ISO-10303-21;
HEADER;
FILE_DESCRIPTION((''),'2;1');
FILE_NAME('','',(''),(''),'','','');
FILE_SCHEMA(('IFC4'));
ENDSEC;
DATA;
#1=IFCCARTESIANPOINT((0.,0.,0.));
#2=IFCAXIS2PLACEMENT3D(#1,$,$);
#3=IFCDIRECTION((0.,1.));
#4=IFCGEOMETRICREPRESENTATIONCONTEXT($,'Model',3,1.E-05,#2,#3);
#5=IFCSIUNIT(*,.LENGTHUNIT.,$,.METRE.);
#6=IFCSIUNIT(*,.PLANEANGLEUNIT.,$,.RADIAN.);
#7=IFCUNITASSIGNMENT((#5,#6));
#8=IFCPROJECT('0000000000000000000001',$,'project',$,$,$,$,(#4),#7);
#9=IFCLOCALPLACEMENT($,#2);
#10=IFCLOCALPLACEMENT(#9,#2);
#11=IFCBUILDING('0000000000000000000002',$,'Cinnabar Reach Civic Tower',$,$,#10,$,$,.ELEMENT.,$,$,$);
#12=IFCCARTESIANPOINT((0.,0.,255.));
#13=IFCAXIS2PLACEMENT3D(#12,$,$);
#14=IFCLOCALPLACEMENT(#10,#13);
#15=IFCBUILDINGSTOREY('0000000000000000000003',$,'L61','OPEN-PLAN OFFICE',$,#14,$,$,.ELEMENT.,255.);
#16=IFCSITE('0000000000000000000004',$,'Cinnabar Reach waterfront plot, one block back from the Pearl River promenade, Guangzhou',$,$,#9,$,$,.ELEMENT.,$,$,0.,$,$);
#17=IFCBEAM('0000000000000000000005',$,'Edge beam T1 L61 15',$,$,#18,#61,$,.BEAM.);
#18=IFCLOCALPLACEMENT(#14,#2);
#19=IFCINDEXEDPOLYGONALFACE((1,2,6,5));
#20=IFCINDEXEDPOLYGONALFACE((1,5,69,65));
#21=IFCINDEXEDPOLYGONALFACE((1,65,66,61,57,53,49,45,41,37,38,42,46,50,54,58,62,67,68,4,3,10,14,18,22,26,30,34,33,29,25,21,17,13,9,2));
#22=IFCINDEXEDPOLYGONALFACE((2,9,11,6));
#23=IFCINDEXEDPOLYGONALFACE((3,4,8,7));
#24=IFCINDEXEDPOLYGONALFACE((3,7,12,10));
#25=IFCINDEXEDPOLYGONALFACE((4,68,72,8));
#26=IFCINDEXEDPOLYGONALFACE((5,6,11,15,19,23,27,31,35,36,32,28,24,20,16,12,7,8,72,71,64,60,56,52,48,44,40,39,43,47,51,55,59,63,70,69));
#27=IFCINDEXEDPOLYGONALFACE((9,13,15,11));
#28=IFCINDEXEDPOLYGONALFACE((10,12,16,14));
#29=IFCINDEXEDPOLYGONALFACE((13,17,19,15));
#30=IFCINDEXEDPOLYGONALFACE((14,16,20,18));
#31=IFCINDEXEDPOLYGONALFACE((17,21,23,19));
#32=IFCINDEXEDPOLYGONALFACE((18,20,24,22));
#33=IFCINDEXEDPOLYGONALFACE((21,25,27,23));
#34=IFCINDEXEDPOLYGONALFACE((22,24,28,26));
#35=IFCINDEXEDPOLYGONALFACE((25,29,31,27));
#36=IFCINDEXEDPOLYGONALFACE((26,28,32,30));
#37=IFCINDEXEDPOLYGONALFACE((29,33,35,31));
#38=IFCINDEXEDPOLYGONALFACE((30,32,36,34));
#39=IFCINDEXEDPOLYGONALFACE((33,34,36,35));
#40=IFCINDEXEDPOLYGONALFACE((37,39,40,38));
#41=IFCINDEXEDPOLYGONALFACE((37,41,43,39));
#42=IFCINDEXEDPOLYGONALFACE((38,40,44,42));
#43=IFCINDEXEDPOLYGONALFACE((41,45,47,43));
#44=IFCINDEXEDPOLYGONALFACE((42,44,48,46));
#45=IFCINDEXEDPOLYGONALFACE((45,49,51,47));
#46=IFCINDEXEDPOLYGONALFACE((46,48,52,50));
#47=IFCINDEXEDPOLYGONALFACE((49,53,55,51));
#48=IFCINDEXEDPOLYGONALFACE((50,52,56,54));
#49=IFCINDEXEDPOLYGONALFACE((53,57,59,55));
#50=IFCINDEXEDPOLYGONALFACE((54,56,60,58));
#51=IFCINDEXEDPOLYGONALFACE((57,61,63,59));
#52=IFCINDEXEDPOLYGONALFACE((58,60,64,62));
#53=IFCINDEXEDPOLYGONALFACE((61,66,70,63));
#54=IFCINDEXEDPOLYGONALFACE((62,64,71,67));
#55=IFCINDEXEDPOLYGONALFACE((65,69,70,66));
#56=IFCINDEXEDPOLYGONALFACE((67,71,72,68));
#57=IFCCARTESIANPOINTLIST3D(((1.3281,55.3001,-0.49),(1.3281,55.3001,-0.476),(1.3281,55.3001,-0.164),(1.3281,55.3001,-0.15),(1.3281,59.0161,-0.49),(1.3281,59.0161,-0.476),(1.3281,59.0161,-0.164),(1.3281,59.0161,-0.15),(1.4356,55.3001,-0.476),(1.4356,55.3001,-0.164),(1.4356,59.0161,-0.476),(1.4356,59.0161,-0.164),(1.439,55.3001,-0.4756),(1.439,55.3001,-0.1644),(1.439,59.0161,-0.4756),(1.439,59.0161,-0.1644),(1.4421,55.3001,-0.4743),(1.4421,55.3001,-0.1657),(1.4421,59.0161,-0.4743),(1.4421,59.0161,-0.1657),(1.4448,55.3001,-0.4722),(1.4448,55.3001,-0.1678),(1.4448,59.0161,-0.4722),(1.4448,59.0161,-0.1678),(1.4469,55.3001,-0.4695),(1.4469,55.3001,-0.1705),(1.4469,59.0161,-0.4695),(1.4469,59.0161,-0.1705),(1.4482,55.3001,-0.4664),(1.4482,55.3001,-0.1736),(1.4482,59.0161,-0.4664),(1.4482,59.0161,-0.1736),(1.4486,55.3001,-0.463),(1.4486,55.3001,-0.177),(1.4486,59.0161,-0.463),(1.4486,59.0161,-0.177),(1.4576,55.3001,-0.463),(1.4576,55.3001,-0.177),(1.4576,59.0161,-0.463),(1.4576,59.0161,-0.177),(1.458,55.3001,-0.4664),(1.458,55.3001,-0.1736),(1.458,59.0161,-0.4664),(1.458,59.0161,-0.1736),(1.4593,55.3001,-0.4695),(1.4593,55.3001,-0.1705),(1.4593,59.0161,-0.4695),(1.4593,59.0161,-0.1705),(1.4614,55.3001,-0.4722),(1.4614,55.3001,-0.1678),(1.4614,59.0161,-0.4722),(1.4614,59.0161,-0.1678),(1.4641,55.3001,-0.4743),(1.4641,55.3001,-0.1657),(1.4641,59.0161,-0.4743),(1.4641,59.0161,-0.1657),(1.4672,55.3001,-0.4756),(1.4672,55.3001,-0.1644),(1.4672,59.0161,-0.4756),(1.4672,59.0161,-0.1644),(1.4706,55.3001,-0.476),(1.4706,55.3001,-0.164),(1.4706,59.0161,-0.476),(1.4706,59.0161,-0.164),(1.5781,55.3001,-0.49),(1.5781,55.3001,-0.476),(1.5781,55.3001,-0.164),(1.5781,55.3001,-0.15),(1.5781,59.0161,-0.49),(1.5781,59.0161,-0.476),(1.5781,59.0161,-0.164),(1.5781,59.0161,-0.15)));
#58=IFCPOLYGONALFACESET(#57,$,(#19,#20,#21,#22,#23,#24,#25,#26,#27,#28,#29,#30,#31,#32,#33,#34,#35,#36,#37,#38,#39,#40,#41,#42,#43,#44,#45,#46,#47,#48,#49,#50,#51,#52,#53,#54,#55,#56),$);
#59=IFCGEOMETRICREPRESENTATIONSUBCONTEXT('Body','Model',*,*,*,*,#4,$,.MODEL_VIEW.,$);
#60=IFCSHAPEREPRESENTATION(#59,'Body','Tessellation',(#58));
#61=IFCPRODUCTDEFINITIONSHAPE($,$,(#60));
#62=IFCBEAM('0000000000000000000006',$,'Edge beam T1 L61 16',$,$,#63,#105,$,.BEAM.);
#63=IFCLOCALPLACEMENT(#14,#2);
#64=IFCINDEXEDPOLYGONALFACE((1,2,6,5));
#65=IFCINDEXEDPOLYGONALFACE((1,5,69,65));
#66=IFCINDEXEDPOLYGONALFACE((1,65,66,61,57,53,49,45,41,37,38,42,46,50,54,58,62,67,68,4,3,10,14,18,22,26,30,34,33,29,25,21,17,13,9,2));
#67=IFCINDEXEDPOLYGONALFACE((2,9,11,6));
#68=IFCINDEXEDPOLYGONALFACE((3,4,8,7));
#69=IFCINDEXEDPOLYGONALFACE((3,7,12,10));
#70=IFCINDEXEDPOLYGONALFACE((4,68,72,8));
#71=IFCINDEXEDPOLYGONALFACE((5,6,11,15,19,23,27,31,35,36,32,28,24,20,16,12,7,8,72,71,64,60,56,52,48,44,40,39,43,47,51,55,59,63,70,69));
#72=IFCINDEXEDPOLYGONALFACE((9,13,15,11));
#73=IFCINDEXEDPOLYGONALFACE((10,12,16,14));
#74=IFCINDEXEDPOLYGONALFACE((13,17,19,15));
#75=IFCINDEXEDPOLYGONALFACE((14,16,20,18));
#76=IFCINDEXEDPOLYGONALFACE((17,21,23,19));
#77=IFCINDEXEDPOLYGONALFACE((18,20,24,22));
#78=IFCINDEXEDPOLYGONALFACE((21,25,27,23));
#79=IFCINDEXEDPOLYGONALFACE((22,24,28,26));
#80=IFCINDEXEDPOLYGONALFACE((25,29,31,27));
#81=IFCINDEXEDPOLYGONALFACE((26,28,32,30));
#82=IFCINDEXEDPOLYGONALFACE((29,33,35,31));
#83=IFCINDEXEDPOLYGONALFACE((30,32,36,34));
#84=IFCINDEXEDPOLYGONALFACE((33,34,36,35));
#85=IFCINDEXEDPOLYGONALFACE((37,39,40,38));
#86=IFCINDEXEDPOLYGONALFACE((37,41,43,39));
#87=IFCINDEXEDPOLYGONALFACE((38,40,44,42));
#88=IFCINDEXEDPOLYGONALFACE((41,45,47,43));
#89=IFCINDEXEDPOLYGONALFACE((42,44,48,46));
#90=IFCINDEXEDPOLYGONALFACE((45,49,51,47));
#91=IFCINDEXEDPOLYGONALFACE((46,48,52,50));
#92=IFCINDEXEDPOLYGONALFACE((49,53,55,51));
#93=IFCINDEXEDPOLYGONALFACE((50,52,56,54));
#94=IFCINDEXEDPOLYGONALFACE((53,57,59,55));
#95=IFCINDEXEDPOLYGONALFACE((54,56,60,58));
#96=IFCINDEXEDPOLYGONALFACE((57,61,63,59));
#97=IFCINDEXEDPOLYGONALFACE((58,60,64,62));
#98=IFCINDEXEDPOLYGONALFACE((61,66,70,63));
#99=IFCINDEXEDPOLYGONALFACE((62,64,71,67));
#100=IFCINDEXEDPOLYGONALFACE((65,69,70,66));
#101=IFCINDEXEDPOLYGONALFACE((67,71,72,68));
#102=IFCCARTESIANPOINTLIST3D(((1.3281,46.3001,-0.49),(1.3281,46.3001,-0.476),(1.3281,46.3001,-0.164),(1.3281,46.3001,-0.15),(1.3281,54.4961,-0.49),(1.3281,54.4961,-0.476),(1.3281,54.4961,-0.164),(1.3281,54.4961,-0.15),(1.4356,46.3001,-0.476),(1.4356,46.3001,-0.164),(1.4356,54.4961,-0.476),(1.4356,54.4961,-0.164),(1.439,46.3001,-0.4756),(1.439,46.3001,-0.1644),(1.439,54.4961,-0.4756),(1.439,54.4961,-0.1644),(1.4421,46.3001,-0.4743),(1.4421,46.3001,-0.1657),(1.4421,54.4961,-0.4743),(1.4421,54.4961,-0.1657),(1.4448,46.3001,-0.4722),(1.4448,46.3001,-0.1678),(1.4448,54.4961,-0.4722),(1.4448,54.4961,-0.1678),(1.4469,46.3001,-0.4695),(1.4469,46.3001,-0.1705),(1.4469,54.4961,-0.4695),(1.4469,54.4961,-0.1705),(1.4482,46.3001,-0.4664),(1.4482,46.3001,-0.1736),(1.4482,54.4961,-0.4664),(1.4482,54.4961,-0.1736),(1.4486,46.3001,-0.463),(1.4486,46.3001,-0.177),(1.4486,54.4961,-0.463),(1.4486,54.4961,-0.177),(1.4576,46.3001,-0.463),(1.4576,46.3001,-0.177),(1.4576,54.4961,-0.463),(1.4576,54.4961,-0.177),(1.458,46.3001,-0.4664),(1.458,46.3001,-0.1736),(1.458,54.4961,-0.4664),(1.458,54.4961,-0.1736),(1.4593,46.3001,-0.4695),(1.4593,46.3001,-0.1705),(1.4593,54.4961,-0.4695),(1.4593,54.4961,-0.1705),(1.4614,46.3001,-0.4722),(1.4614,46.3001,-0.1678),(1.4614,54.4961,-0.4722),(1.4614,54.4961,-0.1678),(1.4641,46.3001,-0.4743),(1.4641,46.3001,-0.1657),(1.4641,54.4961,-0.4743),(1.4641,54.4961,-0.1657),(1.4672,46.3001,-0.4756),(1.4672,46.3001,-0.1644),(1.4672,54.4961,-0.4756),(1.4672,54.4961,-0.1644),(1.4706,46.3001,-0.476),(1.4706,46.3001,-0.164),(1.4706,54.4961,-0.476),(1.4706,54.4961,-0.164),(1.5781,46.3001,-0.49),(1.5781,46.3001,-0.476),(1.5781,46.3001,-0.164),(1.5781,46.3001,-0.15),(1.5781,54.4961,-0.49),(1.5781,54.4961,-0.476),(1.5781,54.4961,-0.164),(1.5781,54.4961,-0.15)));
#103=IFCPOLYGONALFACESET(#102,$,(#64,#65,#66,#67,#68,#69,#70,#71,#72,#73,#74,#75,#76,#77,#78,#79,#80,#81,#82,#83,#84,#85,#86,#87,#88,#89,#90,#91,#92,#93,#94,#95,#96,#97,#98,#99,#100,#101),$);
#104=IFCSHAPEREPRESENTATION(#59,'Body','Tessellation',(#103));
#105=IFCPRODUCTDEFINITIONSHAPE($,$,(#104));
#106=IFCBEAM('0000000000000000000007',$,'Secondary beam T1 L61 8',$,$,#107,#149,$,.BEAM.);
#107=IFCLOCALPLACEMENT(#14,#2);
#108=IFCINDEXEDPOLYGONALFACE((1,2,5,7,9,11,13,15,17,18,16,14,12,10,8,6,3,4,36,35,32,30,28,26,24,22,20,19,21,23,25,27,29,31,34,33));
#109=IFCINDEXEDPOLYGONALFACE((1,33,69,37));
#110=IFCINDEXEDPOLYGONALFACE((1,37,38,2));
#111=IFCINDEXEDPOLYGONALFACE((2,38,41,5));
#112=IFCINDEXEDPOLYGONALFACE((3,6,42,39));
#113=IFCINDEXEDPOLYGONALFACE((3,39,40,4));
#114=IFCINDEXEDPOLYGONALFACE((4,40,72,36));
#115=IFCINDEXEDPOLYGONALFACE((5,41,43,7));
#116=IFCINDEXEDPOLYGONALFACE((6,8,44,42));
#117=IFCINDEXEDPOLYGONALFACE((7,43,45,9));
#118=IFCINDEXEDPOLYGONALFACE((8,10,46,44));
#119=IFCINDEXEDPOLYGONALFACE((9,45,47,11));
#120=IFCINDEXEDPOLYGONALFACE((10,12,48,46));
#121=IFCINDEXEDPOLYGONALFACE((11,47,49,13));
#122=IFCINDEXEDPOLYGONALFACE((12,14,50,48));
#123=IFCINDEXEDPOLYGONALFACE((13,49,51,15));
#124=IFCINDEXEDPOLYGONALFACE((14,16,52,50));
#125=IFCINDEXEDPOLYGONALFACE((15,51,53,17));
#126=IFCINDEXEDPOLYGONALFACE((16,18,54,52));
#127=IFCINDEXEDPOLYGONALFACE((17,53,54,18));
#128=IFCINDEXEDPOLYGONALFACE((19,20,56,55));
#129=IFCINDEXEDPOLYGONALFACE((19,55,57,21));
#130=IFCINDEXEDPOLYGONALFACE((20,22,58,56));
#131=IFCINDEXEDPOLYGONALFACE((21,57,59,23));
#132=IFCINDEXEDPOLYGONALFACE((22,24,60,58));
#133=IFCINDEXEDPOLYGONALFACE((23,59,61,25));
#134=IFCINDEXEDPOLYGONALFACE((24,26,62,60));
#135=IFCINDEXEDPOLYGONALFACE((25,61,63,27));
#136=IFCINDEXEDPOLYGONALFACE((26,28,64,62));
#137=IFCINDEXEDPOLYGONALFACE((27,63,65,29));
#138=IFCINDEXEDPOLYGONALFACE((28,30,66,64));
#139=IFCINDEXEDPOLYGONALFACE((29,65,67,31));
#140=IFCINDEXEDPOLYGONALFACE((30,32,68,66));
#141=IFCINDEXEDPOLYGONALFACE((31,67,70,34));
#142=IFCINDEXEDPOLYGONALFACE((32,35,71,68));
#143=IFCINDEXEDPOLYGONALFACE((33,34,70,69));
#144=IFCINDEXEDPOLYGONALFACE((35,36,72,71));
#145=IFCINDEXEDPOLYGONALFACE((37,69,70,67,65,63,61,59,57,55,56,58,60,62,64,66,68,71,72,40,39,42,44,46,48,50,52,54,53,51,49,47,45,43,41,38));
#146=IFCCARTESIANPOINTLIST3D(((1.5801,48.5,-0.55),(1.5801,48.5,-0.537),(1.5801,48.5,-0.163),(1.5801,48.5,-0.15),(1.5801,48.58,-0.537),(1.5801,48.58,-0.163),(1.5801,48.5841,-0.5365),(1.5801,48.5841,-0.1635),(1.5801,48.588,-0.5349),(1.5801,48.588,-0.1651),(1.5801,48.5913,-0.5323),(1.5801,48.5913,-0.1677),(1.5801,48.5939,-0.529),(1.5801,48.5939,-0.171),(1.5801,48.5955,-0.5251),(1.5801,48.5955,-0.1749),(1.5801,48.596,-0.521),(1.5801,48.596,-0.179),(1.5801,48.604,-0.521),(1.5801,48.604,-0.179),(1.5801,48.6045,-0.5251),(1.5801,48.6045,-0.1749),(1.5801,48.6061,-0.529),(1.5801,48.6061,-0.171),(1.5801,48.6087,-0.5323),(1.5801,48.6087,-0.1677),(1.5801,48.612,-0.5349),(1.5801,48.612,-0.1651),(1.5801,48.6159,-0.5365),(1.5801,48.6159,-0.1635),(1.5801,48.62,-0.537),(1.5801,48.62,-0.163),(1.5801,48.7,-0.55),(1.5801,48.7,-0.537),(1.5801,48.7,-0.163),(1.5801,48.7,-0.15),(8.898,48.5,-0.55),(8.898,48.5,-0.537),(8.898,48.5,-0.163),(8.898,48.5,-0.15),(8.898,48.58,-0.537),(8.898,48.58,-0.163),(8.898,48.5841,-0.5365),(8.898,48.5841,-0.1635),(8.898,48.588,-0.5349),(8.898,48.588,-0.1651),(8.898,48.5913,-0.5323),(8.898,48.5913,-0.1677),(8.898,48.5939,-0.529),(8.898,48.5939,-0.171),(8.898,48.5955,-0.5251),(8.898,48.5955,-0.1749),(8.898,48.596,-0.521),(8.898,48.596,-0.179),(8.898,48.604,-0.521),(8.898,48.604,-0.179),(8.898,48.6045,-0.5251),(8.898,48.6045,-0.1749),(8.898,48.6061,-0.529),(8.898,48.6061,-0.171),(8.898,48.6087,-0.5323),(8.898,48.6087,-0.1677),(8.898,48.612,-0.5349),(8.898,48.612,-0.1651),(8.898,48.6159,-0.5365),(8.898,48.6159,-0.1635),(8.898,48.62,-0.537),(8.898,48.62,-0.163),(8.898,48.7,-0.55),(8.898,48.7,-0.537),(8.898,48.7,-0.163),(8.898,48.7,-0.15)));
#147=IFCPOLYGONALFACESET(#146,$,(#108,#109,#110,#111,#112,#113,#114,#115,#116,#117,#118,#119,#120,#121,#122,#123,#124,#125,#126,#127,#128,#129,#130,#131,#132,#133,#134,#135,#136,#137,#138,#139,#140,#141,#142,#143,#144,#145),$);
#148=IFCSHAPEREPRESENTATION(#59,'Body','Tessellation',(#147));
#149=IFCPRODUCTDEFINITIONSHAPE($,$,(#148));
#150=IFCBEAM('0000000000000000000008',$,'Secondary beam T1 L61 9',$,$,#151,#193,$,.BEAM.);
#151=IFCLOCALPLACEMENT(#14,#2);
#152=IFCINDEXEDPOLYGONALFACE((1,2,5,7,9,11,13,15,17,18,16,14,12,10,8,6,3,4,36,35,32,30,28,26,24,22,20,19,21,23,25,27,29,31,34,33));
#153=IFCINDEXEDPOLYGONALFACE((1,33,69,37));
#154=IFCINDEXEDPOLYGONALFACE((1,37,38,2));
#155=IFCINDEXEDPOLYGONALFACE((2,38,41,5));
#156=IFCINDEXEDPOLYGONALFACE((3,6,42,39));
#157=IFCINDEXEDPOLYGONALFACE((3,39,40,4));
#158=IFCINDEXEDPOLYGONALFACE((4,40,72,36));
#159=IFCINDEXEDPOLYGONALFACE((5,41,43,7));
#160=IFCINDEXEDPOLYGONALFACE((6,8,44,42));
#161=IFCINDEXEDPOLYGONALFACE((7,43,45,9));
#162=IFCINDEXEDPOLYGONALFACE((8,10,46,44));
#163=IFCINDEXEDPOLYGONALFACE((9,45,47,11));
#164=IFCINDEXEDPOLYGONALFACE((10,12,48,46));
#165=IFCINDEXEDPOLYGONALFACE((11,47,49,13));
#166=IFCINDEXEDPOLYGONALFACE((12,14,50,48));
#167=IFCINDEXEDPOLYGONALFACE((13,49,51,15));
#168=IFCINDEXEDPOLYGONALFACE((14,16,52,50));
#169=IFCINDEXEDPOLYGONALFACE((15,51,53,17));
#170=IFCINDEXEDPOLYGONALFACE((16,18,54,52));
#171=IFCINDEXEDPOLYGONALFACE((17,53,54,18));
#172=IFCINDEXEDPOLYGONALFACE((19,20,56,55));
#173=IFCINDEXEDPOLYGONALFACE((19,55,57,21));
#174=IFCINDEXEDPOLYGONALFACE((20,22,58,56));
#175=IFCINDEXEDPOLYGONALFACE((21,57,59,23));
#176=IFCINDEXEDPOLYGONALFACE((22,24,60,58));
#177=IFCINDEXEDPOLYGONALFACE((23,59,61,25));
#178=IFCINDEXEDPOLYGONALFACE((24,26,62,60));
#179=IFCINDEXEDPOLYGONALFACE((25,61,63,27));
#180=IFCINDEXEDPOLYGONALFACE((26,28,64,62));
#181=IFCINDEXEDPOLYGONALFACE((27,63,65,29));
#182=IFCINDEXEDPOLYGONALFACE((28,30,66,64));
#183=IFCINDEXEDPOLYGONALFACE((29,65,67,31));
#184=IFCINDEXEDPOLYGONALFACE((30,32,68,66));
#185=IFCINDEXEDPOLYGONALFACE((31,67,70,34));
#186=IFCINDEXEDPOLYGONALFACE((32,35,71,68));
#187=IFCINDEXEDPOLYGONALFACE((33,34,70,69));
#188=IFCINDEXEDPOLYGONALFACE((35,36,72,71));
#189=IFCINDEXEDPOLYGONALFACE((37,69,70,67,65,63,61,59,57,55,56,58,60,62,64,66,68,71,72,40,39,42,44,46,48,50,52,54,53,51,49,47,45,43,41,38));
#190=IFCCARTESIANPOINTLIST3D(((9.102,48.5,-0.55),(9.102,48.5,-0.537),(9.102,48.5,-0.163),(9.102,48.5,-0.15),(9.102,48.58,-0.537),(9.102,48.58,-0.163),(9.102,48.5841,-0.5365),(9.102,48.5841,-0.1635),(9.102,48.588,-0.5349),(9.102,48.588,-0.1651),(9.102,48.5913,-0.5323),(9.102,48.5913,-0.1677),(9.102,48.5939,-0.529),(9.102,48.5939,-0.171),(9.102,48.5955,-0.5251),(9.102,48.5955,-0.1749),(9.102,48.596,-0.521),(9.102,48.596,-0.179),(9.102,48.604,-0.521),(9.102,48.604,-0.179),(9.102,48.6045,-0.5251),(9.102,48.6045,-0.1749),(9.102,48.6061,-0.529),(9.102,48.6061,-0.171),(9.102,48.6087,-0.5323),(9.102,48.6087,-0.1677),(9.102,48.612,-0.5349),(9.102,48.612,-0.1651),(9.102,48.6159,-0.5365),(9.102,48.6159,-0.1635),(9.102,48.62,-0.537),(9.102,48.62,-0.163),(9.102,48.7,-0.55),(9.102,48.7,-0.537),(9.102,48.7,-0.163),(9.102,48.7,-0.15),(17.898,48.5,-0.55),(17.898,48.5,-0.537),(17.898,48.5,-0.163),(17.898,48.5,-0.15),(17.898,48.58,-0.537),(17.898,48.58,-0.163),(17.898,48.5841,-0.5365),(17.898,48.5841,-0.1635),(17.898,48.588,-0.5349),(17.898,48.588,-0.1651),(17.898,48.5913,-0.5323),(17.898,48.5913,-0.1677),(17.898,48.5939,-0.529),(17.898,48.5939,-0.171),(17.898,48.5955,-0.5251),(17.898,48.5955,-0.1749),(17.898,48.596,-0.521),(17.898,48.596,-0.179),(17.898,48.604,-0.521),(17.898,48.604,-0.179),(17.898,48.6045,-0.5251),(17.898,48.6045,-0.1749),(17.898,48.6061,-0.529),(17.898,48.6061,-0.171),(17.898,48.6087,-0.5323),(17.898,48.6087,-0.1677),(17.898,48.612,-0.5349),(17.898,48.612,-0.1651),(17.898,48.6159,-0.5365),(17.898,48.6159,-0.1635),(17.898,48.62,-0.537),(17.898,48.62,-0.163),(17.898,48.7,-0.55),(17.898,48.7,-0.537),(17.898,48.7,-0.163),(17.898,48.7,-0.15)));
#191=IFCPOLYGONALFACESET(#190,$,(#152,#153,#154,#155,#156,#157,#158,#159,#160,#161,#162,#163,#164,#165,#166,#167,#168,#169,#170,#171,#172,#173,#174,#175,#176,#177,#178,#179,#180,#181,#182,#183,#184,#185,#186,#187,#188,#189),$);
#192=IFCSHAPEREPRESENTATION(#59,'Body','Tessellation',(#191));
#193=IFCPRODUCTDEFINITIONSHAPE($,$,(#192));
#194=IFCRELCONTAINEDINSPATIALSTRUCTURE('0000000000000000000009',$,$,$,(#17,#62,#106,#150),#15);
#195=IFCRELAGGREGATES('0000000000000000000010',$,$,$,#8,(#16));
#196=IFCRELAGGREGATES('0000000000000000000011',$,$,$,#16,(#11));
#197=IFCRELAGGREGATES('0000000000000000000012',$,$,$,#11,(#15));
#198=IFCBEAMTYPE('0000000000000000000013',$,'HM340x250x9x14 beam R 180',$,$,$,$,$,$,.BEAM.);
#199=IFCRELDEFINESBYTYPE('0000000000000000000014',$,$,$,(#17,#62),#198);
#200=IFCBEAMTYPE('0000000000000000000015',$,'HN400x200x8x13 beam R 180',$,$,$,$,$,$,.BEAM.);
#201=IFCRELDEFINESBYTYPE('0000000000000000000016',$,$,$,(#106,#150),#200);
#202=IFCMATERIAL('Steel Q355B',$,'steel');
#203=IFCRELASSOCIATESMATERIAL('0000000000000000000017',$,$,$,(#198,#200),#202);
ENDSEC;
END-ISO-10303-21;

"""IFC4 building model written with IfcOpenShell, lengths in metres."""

from ifc_helpers import new_model, si_unit, direction, frame, origin, origin_2d, place, context, subcontext, project, spatial, i_section, extrude, material, material_profile, profile_set, type_object, element, save


model = new_model("IFC4")

# Units and contexts
model_context = context("Model", 3, precision=1e-05, world=origin(), true_north=direction((0.0, 1.0)))
body_context = subcontext(model_context, "Body", "Model", "MODEL_VIEW")
ifc_project = project(units=[si_unit("LENGTHUNIT", "METRE"), si_unit("PLANEANGLEUNIT", "RADIAN")], contexts=[model_context])

# Site, building, storey
site_placement = place(None, origin())
site = spatial("IfcSite", under=ifc_project, at=site_placement, Name="Cinnabar Reach waterfront plot, one block back from the Pearl River promenade, Guangzhou", CompositionType="ELEMENT", RefElevation=0.0)
building_placement = place(site_placement, origin())
building = spatial("IfcBuilding", under=site, at=building_placement, Name="Cinnabar Reach Civic Tower", CompositionType="ELEMENT")
storey_placement = place(building_placement, frame((0.0, 0.0, 255.0)))
storey = spatial("IfcBuildingStorey", under=building, at=storey_placement, Name="L61", Description="OPEN-PLAN OFFICE", CompositionType="ELEMENT", Elevation=255.0)

# Beams
ifc_material_1 = material(Name="Steel Q355B", Category="steel")
ifc_material_profile_1 = material_profile(ifc_material_1, i_section(OverallWidth=0.25, OverallDepth=0.34, WebThickness=0.009, FlangeThickness=0.014, FilletRadius=0.013, at=origin_2d()), Name="HM340x250x9x14")
ifc_profile_set_1 = profile_set([ifc_material_profile_1], Name="Steel Q355B")
beam_type_1 = type_object("IfcBeamType", Name="HM340x250x9x14 beam R 180", PredefinedType="BEAM", material=ifc_profile_set_1)
beam_1_placement = place(storey_placement, frame((1.4531, 59.0161, -0.32), z_axis=(0.0, -1.0, 0.0), x_axis=(1.0, 0.0, 0.0)))
element("IfcBeam", 1, at=beam_1_placement, inside=storey, type_object=beam_type_1, Name="Edge beam T1 L61 15", PredefinedType="BEAM", context=body_context, shape_type="SweptSolid", body=[
    extrude(i_section(OverallWidth=0.25, OverallDepth=0.34, WebThickness=0.009, FlangeThickness=0.014, FilletRadius=0.013, at=origin_2d()), origin(), (0.0, 0.0, 1.0), 3.716),
])
beam_2_placement = place(storey_placement, frame((1.4531, 54.4961, -0.32), z_axis=(0.0, -1.0, 0.0), x_axis=(1.0, 0.0, 0.0)))
element("IfcBeam", 2, at=beam_2_placement, inside=storey, type_object=beam_type_1, Name="Edge beam T1 L61 16", PredefinedType="BEAM", context=body_context, shape_type="SweptSolid", body=[
    extrude(i_section(OverallWidth=0.25, OverallDepth=0.34, WebThickness=0.009, FlangeThickness=0.014, FilletRadius=0.013, at=origin_2d()), origin(), (0.0, 0.0, 1.0), 8.196),
])
ifc_material_profile_2 = material_profile(ifc_material_1, i_section(OverallWidth=0.2, OverallDepth=0.4, WebThickness=0.008, FlangeThickness=0.013, FilletRadius=0.016, at=origin_2d()), Name="HN400x200x8x13")
ifc_profile_set_2 = profile_set([ifc_material_profile_2], Name="Steel Q355B")
beam_type_2 = type_object("IfcBeamType", Name="HN400x200x8x13 beam R 180", PredefinedType="BEAM", material=ifc_profile_set_2)
beam_3_placement = place(storey_placement, frame((1.5801, 48.6, -0.35), z_axis=(1.0, 0.0, 0.0), x_axis=(0.0, 1.0, 0.0)))
element("IfcBeam", 3, at=beam_3_placement, inside=storey, type_object=beam_type_2, Name="Secondary beam T1 L61 8", PredefinedType="BEAM", context=body_context, shape_type="SweptSolid", body=[
    extrude(i_section(OverallWidth=0.2, OverallDepth=0.4, WebThickness=0.008, FlangeThickness=0.013, FilletRadius=0.016, at=origin_2d()), origin(), (0.0, 0.0, 1.0), 7.3179),
])
beam_4_placement = place(storey_placement, frame((9.102, 48.6, -0.35), z_axis=(1.0, 0.0, 0.0), x_axis=(0.0, 1.0, 0.0)))
element("IfcBeam", 4, at=beam_4_placement, inside=storey, type_object=beam_type_2, Name="Secondary beam T1 L61 9", PredefinedType="BEAM", context=body_context, shape_type="SweptSolid", body=[
    extrude(i_section(OverallWidth=0.2, OverallDepth=0.4, WebThickness=0.008, FlangeThickness=0.013, FilletRadius=0.016, at=origin_2d()), origin(), (0.0, 0.0, 1.0), 8.796),
])

save(model, "model.ifc")
